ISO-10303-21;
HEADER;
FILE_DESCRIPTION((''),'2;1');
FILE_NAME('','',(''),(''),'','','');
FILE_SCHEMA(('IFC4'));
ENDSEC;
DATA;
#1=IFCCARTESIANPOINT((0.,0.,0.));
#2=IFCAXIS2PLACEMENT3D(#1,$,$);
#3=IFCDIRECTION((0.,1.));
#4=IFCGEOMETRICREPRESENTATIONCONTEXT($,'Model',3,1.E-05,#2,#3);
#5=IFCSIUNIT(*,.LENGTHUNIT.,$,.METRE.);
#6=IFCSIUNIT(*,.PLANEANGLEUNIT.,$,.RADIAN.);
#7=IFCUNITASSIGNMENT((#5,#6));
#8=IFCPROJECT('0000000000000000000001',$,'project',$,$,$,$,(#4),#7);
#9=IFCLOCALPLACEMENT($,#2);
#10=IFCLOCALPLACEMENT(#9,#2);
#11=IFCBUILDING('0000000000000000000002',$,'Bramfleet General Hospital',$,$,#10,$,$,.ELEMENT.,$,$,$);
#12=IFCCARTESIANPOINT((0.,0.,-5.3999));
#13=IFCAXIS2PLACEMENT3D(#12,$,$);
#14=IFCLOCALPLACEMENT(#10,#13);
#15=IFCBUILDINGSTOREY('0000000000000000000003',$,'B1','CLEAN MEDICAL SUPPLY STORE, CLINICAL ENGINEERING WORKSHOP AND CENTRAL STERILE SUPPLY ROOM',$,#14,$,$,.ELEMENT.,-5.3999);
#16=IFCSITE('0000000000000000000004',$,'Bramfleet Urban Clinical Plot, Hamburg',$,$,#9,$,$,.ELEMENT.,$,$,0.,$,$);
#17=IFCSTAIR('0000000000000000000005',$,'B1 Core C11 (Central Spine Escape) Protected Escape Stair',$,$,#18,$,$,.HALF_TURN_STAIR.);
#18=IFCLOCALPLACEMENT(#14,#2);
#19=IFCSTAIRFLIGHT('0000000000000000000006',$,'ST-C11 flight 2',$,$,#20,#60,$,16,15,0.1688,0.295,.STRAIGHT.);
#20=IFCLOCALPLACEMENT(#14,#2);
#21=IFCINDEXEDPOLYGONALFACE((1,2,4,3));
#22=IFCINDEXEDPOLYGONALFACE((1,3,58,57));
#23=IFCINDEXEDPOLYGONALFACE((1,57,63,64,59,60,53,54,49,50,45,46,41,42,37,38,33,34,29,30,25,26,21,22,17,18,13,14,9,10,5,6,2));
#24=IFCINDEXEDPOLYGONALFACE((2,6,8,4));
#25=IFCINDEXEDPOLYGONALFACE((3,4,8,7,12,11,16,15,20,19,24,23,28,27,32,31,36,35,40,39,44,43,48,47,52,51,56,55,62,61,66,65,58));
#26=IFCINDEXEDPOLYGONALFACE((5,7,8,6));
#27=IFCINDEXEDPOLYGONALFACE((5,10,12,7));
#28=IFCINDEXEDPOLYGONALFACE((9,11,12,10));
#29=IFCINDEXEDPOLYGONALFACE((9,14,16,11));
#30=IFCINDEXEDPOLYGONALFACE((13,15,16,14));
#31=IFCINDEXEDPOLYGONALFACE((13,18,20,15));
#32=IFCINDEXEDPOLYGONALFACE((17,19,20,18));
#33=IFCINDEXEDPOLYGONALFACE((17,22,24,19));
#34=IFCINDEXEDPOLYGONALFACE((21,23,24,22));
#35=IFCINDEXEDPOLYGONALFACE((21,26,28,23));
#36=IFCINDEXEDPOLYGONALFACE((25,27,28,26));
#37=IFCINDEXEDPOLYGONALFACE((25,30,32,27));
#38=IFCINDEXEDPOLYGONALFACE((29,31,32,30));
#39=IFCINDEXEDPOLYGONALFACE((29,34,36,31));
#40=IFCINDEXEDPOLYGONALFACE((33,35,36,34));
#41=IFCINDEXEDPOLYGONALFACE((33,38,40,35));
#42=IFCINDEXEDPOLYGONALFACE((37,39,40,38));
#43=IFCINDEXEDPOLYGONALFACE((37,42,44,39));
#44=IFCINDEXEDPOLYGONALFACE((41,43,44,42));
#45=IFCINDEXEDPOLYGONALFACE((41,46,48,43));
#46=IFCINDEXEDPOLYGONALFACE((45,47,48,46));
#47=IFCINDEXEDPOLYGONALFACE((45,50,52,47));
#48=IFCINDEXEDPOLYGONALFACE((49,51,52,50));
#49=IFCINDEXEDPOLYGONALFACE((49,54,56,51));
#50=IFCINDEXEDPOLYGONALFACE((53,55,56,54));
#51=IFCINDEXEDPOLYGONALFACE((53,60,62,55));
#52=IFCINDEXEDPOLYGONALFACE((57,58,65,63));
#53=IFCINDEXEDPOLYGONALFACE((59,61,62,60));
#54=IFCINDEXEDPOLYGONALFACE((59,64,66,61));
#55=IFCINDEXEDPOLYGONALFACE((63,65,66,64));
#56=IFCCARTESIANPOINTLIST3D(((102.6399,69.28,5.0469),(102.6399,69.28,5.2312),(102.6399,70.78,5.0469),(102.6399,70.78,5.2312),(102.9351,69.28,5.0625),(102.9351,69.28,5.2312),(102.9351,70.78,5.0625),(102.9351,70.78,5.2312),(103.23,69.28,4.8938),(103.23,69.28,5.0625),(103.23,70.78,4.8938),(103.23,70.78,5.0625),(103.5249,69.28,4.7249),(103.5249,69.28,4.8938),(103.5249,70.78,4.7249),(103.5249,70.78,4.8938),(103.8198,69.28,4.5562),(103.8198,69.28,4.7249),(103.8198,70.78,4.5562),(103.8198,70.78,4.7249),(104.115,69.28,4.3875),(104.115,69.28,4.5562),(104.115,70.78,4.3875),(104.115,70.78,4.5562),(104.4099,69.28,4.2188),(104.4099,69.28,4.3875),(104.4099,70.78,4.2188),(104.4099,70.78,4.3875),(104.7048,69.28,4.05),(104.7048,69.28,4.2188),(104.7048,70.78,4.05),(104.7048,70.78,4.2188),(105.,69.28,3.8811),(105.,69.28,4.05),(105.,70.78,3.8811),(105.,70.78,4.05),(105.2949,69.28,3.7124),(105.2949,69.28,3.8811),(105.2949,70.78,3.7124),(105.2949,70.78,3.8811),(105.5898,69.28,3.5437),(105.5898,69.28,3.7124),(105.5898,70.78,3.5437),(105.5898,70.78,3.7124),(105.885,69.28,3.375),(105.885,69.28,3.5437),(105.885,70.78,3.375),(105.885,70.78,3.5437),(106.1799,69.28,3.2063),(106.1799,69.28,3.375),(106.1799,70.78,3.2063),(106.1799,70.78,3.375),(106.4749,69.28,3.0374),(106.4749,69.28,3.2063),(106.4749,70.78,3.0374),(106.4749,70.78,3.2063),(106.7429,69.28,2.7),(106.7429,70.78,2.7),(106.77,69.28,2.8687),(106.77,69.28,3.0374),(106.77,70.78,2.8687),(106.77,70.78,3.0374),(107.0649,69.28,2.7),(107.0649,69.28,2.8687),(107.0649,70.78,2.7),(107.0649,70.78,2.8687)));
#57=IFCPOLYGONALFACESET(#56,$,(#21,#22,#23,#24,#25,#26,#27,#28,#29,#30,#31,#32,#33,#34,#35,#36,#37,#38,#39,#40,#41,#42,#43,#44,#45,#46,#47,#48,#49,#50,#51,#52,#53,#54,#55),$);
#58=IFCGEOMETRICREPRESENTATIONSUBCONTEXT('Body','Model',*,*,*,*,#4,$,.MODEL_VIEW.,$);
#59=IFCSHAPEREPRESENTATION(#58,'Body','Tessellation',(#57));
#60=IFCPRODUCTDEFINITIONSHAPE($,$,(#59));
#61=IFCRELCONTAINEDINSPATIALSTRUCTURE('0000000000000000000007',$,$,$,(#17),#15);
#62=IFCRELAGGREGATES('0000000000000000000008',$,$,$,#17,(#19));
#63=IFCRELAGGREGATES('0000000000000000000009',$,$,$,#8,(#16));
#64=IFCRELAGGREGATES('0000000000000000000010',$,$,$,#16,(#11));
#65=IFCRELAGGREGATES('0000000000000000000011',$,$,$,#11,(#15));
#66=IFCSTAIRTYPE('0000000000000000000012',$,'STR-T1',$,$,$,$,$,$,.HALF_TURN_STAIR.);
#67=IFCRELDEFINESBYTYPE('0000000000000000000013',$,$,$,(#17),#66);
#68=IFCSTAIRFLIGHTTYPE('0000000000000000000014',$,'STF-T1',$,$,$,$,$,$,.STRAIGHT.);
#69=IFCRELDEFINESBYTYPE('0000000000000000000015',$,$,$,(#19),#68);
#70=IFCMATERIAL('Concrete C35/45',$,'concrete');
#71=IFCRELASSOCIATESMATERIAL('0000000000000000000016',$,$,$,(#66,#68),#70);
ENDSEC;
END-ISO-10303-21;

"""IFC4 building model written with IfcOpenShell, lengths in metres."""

from ifc_helpers import new_model, si_unit, direction, frame, origin, place, context, subcontext, project, spatial, polyline, outline, extrude, material, type_object, element, aggregate, save


model = new_model("IFC4")

# Units and contexts
model_context = context("Model", 3, precision=1e-05, world=origin(), true_north=direction((0.0, 1.0)))
body_context = subcontext(model_context, "Body", "Model", "MODEL_VIEW")
ifc_project = project(units=[si_unit("LENGTHUNIT", "METRE"), si_unit("PLANEANGLEUNIT", "RADIAN")], contexts=[model_context])

# Site, building, storey
site_placement = place(None, origin())
site = spatial("IfcSite", under=ifc_project, at=site_placement, Name="Bramfleet Urban Clinical Plot, Hamburg", CompositionType="ELEMENT", RefElevation=0.0)
building_placement = place(site_placement, origin())
building = spatial("IfcBuilding", under=site, at=building_placement, Name="Bramfleet General Hospital", CompositionType="ELEMENT")
storey_placement = place(building_placement, frame((0.0, 0.0, -5.3999)))
storey = spatial("IfcBuildingStorey", under=building, at=storey_placement, Name="B1", Description="CLEAN MEDICAL SUPPLY STORE, CLINICAL ENGINEERING WORKSHOP AND CENTRAL STERILE SUPPLY ROOM", CompositionType="ELEMENT", Elevation=-5.3999)

# Shared definitions
ifc_material_1 = material(Name="Concrete C35/45", Category="concrete")

# Stair, stair flight
stair_type = type_object("IfcStairType", Name="STR-T1", PredefinedType="HALF_TURN_STAIR", material=ifc_material_1)
stair_placement = place(storey_placement, origin())
stair = element("IfcStair", 1, at=stair_placement, inside=storey, type_object=stair_type, Name="B1 Core C11 (Central Spine Escape) Protected Escape Stair", PredefinedType="HALF_TURN_STAIR")
stair_flight_type = type_object("IfcStairFlightType", Name="STF-T1", PredefinedType="STRAIGHT", material=ifc_material_1)
stair_flight_1_placement = place(storey_placement, frame((107.0649, 70.03, 2.7), z_axis=(0.0, 0.0, 1.0), x_axis=(-1.0, 0.0, 0.0)))
stair_flight_1 = element("IfcStairFlight", 2, at=stair_flight_1_placement, type_object=stair_flight_type, Name="ST-C11 flight 2", NumberOfRisers=16, NumberOfTreads=15, PredefinedType="STRAIGHT", RiserHeight=0.1688, TreadLength=0.295, context=body_context, shape_type="SweptSolid", body=[
    extrude(outline(polyline([(0.0, 0.0), (0.0, 0.1687), (0.2949, 0.1687), (0.2949, 0.3374), (0.5901, 0.3374), (0.5901, 0.5063), (0.885, 0.5063), (0.885, 0.675), (1.1799, 0.675), (1.1799, 0.8438), (1.4751, 0.8438), (1.4751, 1.0125), (1.77, 1.0125), (1.77, 1.1812), (2.0649, 1.1812), (2.0649, 1.3501), (2.3601, 1.3501), (2.3601, 1.5188), (2.655, 1.5188), (2.655, 1.6875), (2.95, 1.6875), (2.95, 1.8562), (3.2451, 1.8562), (3.2451, 2.0249), (3.54, 2.0249), (3.54, 2.1938), (3.835, 2.1938), (3.835, 2.3625), (4.1299, 2.3625), (4.1299, 2.5312), (4.425, 2.5312), (4.425, 2.7), (4.425, 2.3469), (0.322, 0.0), (0.0, 0.0)])), frame((0.0, 0.75, 0.0), z_axis=(0.0, -1.0, 0.0), x_axis=(1.0, 0.0, 0.0)), (0.0, 0.0, 1.0), 1.5),
])
aggregate(stair, [stair_flight_1])

save(model, "model.ifc")
